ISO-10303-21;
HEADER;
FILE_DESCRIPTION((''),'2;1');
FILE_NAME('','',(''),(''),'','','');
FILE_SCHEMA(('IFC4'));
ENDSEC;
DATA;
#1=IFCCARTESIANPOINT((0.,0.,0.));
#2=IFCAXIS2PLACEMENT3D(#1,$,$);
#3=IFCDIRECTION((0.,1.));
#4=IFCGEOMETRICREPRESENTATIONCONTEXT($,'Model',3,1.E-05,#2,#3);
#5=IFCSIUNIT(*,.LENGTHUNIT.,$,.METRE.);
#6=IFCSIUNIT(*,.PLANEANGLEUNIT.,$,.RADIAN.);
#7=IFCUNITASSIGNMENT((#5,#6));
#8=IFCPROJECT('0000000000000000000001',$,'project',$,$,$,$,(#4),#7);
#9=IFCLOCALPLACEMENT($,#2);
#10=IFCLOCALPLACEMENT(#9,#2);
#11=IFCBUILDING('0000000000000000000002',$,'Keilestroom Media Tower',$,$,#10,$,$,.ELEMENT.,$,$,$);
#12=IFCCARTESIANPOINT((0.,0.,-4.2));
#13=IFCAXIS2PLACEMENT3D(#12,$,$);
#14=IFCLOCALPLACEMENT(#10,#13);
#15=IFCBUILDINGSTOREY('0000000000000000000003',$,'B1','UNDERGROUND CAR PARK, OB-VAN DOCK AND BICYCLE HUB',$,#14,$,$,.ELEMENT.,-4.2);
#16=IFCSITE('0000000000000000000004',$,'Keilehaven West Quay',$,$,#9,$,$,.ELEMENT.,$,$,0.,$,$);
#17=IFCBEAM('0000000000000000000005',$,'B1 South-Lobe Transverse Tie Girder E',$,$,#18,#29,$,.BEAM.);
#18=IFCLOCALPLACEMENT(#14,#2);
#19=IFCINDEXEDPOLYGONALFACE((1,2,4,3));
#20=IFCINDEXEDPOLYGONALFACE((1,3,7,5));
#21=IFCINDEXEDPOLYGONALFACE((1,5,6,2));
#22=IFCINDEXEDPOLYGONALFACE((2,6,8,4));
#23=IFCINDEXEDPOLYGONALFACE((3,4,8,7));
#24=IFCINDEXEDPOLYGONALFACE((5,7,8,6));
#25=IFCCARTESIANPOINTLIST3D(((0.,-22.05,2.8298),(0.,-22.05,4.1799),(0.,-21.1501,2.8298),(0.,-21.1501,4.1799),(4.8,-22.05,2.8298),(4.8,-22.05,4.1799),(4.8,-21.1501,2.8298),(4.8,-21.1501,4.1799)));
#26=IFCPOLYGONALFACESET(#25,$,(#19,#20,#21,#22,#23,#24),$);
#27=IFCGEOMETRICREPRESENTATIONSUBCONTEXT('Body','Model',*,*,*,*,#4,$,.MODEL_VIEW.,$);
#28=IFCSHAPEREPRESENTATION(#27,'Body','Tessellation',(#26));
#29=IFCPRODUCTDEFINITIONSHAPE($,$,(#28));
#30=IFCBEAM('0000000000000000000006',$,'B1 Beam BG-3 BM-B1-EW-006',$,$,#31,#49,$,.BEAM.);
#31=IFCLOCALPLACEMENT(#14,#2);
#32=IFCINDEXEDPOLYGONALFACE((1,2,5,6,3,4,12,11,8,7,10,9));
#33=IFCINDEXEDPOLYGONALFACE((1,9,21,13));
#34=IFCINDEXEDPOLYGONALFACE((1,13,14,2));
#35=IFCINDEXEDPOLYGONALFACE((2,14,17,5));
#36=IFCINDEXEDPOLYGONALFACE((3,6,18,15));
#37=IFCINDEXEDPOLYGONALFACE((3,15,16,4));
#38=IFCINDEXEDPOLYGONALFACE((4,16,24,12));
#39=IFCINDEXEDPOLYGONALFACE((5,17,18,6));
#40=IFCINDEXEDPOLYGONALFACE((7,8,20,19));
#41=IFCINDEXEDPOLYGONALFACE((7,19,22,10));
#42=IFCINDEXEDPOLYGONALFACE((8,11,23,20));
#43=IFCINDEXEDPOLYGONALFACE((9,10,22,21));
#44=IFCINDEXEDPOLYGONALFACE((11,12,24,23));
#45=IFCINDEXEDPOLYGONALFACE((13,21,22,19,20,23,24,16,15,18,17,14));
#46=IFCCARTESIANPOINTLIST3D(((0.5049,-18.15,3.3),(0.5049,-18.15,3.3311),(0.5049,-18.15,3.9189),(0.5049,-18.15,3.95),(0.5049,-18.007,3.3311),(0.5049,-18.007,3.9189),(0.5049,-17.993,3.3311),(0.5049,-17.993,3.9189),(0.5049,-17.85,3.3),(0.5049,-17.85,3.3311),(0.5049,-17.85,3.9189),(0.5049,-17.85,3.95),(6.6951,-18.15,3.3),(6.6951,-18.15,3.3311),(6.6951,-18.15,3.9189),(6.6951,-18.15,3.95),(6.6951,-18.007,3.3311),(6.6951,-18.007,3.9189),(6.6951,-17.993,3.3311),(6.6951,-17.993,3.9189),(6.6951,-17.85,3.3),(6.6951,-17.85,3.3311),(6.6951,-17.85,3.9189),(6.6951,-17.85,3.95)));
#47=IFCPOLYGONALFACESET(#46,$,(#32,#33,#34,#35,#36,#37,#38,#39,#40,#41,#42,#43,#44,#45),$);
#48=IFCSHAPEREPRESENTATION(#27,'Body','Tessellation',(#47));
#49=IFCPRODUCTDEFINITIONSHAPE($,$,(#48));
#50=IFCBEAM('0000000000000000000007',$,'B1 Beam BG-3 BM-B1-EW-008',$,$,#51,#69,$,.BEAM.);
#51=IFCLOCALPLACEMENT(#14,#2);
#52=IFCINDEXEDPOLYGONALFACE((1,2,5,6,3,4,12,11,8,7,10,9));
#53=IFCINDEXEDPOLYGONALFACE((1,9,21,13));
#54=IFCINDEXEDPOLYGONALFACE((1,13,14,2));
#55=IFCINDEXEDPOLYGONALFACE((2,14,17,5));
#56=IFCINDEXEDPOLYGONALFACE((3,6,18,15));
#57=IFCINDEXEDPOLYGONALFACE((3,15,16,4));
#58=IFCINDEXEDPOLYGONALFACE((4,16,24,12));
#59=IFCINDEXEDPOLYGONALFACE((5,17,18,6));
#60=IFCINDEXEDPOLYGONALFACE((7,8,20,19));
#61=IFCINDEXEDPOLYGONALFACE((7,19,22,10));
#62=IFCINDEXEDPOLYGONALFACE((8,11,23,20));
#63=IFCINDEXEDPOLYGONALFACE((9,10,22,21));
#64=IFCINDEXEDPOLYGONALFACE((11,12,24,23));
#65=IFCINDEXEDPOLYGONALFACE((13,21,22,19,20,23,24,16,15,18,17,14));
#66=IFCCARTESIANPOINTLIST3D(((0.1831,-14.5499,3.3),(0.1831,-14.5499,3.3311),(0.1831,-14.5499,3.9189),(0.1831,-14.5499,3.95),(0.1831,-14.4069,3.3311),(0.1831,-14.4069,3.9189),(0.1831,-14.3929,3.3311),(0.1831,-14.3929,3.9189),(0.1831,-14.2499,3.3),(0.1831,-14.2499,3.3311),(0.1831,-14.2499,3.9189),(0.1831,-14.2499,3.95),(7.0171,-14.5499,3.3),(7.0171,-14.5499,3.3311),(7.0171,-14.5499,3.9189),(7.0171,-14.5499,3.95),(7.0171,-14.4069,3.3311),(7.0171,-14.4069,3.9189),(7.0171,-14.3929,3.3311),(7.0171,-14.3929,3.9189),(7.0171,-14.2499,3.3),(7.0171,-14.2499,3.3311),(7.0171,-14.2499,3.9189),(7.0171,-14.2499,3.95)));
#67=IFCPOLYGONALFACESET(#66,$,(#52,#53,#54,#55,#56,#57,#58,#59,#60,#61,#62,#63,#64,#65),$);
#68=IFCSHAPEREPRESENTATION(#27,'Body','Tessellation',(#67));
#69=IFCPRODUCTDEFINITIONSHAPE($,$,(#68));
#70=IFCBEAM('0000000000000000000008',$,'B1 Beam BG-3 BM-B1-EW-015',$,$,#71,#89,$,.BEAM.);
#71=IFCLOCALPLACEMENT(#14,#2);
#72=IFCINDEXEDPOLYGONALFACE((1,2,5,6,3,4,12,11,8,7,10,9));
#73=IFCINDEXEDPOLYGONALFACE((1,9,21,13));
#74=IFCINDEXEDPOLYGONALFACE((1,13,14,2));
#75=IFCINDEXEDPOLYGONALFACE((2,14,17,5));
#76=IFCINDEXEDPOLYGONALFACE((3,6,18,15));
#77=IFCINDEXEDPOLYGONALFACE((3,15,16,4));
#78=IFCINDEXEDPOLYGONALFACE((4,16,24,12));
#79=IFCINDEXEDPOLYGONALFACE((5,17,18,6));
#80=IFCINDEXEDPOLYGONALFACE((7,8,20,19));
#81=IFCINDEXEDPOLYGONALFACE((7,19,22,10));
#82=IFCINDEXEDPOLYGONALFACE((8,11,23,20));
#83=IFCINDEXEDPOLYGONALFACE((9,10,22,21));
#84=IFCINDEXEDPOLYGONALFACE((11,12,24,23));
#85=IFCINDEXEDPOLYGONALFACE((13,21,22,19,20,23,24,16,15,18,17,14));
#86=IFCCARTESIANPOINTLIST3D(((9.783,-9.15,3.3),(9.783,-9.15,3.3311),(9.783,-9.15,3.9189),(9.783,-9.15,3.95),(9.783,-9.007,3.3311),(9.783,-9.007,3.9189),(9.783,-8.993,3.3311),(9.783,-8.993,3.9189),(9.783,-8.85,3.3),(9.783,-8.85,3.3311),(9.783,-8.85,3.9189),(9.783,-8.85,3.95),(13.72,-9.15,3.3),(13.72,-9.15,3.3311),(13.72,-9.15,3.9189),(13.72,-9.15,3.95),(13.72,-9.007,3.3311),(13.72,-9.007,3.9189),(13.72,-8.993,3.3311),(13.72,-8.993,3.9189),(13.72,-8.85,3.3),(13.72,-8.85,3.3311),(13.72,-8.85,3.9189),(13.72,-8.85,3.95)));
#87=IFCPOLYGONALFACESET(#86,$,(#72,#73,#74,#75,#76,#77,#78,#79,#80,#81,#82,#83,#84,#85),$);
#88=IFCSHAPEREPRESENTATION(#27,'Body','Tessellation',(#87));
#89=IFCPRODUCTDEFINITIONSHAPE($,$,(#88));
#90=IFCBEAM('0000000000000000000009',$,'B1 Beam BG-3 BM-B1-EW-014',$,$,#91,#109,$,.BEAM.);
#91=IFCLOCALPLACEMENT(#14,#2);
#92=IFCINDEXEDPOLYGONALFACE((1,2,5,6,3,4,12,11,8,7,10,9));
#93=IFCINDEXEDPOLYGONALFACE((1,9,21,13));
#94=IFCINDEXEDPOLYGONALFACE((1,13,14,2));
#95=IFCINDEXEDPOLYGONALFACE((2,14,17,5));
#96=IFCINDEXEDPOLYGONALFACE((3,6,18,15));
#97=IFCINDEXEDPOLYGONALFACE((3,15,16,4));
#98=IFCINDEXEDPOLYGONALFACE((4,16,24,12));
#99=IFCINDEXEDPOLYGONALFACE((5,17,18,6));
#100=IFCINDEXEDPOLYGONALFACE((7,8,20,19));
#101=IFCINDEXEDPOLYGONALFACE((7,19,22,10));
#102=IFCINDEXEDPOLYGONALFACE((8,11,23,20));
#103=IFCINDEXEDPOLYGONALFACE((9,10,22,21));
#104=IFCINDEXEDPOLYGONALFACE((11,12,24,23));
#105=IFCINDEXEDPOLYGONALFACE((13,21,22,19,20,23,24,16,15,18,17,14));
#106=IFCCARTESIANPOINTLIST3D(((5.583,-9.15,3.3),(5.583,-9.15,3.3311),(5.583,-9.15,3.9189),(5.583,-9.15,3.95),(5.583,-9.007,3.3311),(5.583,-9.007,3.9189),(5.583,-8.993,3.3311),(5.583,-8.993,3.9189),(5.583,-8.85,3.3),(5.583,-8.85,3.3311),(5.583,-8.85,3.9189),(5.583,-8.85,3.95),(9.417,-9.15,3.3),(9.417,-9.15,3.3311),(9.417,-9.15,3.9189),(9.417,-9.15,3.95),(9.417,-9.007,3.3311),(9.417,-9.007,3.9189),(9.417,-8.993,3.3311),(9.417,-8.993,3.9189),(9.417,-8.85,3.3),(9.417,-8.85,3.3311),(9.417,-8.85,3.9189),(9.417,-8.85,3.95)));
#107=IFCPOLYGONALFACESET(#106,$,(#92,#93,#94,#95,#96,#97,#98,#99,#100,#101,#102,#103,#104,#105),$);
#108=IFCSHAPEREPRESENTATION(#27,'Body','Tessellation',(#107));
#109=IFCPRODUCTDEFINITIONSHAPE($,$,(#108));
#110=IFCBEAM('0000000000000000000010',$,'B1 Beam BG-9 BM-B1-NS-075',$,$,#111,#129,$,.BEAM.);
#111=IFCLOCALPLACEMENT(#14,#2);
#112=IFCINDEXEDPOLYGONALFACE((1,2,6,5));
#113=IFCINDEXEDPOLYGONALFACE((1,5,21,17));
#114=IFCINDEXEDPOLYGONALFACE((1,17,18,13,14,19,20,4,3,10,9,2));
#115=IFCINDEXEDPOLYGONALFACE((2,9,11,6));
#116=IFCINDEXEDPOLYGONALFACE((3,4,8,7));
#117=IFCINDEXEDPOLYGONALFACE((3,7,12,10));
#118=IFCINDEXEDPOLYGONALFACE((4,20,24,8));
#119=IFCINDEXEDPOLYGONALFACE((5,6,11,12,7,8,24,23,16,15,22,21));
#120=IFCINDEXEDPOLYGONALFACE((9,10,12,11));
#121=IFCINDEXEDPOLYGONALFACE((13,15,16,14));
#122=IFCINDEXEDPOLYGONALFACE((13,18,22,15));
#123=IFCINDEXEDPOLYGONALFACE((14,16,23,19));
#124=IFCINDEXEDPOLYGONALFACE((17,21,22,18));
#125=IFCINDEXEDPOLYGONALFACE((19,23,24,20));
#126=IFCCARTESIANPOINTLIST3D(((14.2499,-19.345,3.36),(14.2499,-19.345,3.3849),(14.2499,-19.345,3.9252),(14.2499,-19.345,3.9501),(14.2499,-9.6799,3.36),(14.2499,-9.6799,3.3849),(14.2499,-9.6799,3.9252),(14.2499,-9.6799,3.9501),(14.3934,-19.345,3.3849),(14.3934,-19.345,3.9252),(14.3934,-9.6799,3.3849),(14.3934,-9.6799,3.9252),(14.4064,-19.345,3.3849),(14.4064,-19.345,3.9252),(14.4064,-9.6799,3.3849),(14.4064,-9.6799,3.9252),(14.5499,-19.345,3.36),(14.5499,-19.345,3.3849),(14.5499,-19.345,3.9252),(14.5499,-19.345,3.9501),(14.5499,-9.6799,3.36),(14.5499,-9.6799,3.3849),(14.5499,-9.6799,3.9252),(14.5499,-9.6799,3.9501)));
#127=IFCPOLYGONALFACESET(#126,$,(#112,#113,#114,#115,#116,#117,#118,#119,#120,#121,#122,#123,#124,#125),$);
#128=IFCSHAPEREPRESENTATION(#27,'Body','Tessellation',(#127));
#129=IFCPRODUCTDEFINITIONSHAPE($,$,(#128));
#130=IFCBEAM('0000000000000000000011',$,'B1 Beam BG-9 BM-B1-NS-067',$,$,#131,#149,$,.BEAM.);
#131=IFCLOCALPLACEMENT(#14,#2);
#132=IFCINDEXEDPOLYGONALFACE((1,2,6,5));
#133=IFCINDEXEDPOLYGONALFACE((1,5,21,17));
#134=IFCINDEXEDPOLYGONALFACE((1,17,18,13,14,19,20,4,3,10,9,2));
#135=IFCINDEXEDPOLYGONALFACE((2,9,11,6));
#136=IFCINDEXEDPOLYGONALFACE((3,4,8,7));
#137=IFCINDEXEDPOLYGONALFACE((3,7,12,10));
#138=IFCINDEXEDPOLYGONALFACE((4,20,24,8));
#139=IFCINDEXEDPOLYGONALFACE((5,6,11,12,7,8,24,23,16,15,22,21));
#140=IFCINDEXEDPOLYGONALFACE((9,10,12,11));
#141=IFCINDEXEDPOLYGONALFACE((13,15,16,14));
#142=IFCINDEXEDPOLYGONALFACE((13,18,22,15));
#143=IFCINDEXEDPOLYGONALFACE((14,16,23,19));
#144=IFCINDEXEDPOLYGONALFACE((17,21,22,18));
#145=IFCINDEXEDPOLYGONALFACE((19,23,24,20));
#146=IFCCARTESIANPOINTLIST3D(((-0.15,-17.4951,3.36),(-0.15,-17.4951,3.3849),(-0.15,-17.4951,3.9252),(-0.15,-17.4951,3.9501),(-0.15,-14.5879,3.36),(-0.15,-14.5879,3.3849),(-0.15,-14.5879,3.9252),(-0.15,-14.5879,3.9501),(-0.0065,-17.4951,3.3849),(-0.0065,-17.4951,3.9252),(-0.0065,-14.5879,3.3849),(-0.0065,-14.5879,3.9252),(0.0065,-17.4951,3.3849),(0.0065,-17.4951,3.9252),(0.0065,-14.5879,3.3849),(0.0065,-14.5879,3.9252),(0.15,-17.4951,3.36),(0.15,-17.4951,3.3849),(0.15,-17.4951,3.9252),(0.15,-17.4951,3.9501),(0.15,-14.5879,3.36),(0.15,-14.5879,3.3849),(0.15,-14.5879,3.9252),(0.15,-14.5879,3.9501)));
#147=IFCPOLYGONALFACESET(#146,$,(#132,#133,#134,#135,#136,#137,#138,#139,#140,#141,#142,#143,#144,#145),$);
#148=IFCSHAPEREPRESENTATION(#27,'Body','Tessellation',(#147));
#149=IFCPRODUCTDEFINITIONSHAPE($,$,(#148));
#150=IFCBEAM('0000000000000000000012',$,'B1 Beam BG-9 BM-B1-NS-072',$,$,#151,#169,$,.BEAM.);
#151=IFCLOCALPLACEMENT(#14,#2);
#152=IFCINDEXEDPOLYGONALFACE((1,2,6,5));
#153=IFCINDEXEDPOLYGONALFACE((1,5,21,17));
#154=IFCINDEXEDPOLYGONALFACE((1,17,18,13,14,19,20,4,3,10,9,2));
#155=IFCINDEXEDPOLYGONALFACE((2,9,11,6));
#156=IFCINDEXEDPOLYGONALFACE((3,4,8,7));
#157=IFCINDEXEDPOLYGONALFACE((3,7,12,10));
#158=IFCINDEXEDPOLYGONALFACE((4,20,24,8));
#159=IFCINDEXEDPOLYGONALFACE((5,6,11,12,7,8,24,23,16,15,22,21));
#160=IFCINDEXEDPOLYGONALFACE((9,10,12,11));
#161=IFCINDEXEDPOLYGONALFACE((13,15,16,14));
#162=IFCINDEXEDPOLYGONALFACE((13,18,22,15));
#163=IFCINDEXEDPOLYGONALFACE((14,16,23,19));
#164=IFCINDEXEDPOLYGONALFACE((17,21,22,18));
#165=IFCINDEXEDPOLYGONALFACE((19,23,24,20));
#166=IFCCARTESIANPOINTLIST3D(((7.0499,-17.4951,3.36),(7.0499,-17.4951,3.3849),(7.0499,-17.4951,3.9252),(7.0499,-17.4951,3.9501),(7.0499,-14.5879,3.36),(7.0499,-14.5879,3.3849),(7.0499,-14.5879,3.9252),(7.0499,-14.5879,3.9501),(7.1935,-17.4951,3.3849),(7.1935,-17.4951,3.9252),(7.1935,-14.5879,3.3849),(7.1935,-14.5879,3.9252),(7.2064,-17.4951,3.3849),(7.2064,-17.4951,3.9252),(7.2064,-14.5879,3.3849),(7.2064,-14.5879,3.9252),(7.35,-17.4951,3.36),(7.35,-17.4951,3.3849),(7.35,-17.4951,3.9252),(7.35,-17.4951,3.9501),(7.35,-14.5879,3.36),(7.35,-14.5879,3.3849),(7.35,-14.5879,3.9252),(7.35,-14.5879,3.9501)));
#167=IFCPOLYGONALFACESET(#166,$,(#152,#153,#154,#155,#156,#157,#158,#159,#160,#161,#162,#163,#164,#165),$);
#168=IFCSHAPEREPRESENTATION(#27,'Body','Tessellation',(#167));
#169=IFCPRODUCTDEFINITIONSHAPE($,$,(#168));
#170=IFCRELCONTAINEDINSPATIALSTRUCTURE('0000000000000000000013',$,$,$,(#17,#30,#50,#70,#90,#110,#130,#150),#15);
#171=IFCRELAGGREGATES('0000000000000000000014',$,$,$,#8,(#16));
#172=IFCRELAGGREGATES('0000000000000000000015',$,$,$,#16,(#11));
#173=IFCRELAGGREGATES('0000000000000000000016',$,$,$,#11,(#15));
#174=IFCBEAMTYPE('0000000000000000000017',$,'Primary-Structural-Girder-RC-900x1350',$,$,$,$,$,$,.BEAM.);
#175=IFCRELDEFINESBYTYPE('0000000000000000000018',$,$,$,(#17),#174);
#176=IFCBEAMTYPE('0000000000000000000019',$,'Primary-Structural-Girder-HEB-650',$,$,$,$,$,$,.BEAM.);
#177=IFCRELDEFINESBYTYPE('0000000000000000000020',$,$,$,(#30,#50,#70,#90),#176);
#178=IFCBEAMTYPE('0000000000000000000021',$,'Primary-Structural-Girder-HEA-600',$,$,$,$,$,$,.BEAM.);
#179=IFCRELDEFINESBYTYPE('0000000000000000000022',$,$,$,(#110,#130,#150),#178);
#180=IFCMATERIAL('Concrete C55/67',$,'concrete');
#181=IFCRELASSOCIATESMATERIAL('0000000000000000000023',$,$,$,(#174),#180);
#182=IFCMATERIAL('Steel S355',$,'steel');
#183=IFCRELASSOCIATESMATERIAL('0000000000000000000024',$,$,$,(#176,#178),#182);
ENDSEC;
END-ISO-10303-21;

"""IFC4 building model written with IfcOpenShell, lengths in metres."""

from ifc_helpers import new_model, si_unit, direction, frame, origin, origin_2d, place, context, subcontext, project, spatial, rectangle, i_section, extrude, source, transform, mapped, material, material_profile, profile_set, type_object, element, save


model = new_model("IFC4")

# Units and contexts
model_context = context("Model", 3, precision=1e-05, world=origin(), true_north=direction((0.0, 1.0)))
body_context = subcontext(model_context, "Body", "Model", "MODEL_VIEW")
ifc_project = project(units=[si_unit("LENGTHUNIT", "METRE"), si_unit("PLANEANGLEUNIT", "RADIAN")], contexts=[model_context])

# Site, building, storey
site_placement = place(None, origin())
site = spatial("IfcSite", under=ifc_project, at=site_placement, Name="Keilehaven West Quay", CompositionType="ELEMENT", RefElevation=0.0)
building_placement = place(site_placement, origin())
building = spatial("IfcBuilding", under=site, at=building_placement, Name="Keilestroom Media Tower", CompositionType="ELEMENT")
storey_placement = place(building_placement, frame((0.0, 0.0, -4.2)))
storey = spatial("IfcBuildingStorey", under=building, at=storey_placement, Name="B1", Description="UNDERGROUND CAR PARK, OB-VAN DOCK AND BICYCLE HUB", CompositionType="ELEMENT", Elevation=-4.2)

# Shared definitions
ifc_material_1 = material(Name="Concrete C55/67", Category="concrete")

# Beams
ifc_material_profile_1 = material_profile(ifc_material_1, rectangle(XDim=0.8999, YDim=1.3501, at=origin_2d()), Name="RC 900x1350")
ifc_profile_set_1 = profile_set([ifc_material_profile_1], Name="Concrete C55/67")
beam_type_1 = type_object("IfcBeamType", Name="Primary-Structural-Girder-RC-900x1350", PredefinedType="BEAM", material=ifc_profile_set_1)
shared_shape_1 = source(origin(), body_context, "Body", "SweptSolid", [
    extrude(rectangle(XDim=0.8999, YDim=1.3501, at=origin_2d()), origin(), (0.0, 0.0, 1.0), 4.8),
])
beam_1_placement = place(storey_placement, frame((0.0, -21.6001, 3.5049), z_axis=(1.0, 0.0, 0.0), x_axis=(0.0, 1.0, 0.0)))
element("IfcBeam", 1, at=beam_1_placement, inside=storey, type_object=beam_type_1, Name="B1 South-Lobe Transverse Tie Girder E", PredefinedType="BEAM", context=body_context, shape_type="MappedRepresentation", body=[
    mapped(shared_shape_1, transform((0.0, 0.0, 0.0), x_axis=(1.0, 0.0, 0.0), y_axis=(0.0, 1.0, 0.0), z_axis=(0.0, 0.0, 1.0), scale=1.0)),
])
ifc_material_2 = material(Name="Steel S355", Category="steel")
ifc_material_profile_2 = material_profile(ifc_material_2, i_section(OverallWidth=0.3, OverallDepth=0.6499, WebThickness=0.0139, FlangeThickness=0.031, at=origin_2d()), Name="HEB 650")
ifc_profile_set_2 = profile_set([ifc_material_profile_2], Name="Steel S355")
beam_type_2 = type_object("IfcBeamType", Name="Primary-Structural-Girder-HEB-650", PredefinedType="BEAM", material=ifc_profile_set_2)
shared_shape_2 = source(origin(), body_context, "Body", "SweptSolid", [
    extrude(i_section(OverallWidth=0.3, OverallDepth=0.6499, WebThickness=0.0139, FlangeThickness=0.031, at=origin_2d()), origin(), (0.0, 0.0, 1.0), 6.1902),
])
beam_2_placement = place(storey_placement, frame((0.5049, -18.0, 3.625), z_axis=(1.0, 0.0, 0.0), x_axis=(0.0, 1.0, 0.0)))
element("IfcBeam", 2, at=beam_2_placement, inside=storey, type_object=beam_type_2, Name="B1 Beam BG-3 BM-B1-EW-006", PredefinedType="BEAM", context=body_context, shape_type="MappedRepresentation", body=[
    mapped(shared_shape_2, transform((0.0, 0.0, 0.0), x_axis=(1.0, 0.0, 0.0), y_axis=(0.0, 1.0, 0.0), z_axis=(0.0, 0.0, 1.0), scale=1.0)),
])
shared_shape_3 = source(origin(), body_context, "Body", "SweptSolid", [
    extrude(i_section(OverallWidth=0.3, OverallDepth=0.6499, WebThickness=0.0139, FlangeThickness=0.031, at=origin_2d()), origin(), (0.0, 0.0, 1.0), 6.834),
])
beam_3_placement = place(storey_placement, frame((0.1831, -14.3999, 3.625), z_axis=(1.0, 0.0, 0.0), x_axis=(0.0, 1.0, 0.0)))
element("IfcBeam", 3, at=beam_3_placement, inside=storey, type_object=beam_type_2, Name="B1 Beam BG-3 BM-B1-EW-008", PredefinedType="BEAM", context=body_context, shape_type="MappedRepresentation", body=[
    mapped(shared_shape_3, transform((0.0, 0.0, 0.0), x_axis=(1.0, 0.0, 0.0), y_axis=(0.0, 1.0, 0.0), z_axis=(0.0, 0.0, 1.0), scale=1.0)),
])
shared_shape_4 = source(origin(), body_context, "Body", "SweptSolid", [
    extrude(i_section(OverallWidth=0.3, OverallDepth=0.6499, WebThickness=0.0139, FlangeThickness=0.031, at=origin_2d()), origin(), (0.0, 0.0, 1.0), 3.937),
])
beam_4_placement = place(storey_placement, frame((9.783, -9.0, 3.625), z_axis=(1.0, 0.0, 0.0), x_axis=(0.0, 1.0, 0.0)))
element("IfcBeam", 4, at=beam_4_placement, inside=storey, type_object=beam_type_2, Name="B1 Beam BG-3 BM-B1-EW-015", PredefinedType="BEAM", context=body_context, shape_type="MappedRepresentation", body=[
    mapped(shared_shape_4, transform((0.0, 0.0, 0.0), x_axis=(1.0, 0.0, 0.0), y_axis=(0.0, 1.0, 0.0), z_axis=(0.0, 0.0, 1.0), scale=1.0)),
])
shared_shape_5 = source(origin(), body_context, "Body", "SweptSolid", [
    extrude(i_section(OverallWidth=0.3, OverallDepth=0.6499, WebThickness=0.0139, FlangeThickness=0.031, at=origin_2d()), origin(), (0.0, 0.0, 1.0), 3.834),
])
beam_5_placement = place(storey_placement, frame((5.583, -9.0, 3.625), z_axis=(1.0, 0.0, 0.0), x_axis=(0.0, 1.0, 0.0)))
element("IfcBeam", 5, at=beam_5_placement, inside=storey, type_object=beam_type_2, Name="B1 Beam BG-3 BM-B1-EW-014", PredefinedType="BEAM", context=body_context, shape_type="MappedRepresentation", body=[
    mapped(shared_shape_5, transform((0.0, 0.0, 0.0), x_axis=(1.0, 0.0, 0.0), y_axis=(0.0, 1.0, 0.0), z_axis=(0.0, 0.0, 1.0), scale=1.0)),
])
ifc_material_profile_3 = material_profile(ifc_material_2, i_section(OverallWidth=0.3, OverallDepth=0.5901, WebThickness=0.0129, FlangeThickness=0.0249, at=origin_2d()), Name="HEA 600")
ifc_profile_set_3 = profile_set([ifc_material_profile_3], Name="Steel S355")
beam_type_3 = type_object("IfcBeamType", Name="Primary-Structural-Girder-HEA-600", PredefinedType="BEAM", material=ifc_profile_set_3)
shared_shape_6 = source(origin(), body_context, "Body", "SweptSolid", [
    extrude(i_section(OverallWidth=0.3, OverallDepth=0.5901, WebThickness=0.0129, FlangeThickness=0.0249, at=origin_2d()), origin(), (0.0, 0.0, 1.0), 9.665),
])
beam_6_placement = place(storey_placement, frame((14.3999, -19.345, 3.655), z_axis=(0.0, 1.0, 0.0), x_axis=(-1.0, 0.0, 0.0)))
element("IfcBeam", 6, at=beam_6_placement, inside=storey, type_object=beam_type_3, Name="B1 Beam BG-9 BM-B1-NS-075", PredefinedType="BEAM", context=body_context, shape_type="MappedRepresentation", body=[
    mapped(shared_shape_6, transform((0.0, 0.0, 0.0), x_axis=(1.0, 0.0, 0.0), y_axis=(0.0, 1.0, 0.0), z_axis=(0.0, 0.0, 1.0), scale=1.0)),
])
shared_shape_7 = source(origin(), body_context, "Body", "SweptSolid", [
    extrude(i_section(OverallWidth=0.3, OverallDepth=0.5901, WebThickness=0.0129, FlangeThickness=0.0249, at=origin_2d()), origin(), (0.0, 0.0, 1.0), 2.9072),
])
for number, where, z_axis, x_axis, name in (
    (7, (0.0, -17.4951, 3.655), (0.0, 1.0, 0.0), (-1.0, 0.0, 0.0), "B1 Beam BG-9 BM-B1-NS-067"),
    (8, (7.2, -17.4951, 3.655), (0.0, 1.0, 0.0), (-1.0, 0.0, 0.0), "B1 Beam BG-9 BM-B1-NS-072"),
):
    element("IfcBeam", number, at=place(storey_placement, frame(where, z_axis=z_axis, x_axis=x_axis)), inside=storey, type_object=beam_type_3, Name=name, PredefinedType="BEAM", context=body_context, shape_type="MappedRepresentation", body=[
        mapped(shared_shape_7, transform((0.0, 0.0, 0.0), x_axis=(1.0, 0.0, 0.0), y_axis=(0.0, 1.0, 0.0), z_axis=(0.0, 0.0, 1.0), scale=1.0)),
    ])

save(model, "model.ifc")
